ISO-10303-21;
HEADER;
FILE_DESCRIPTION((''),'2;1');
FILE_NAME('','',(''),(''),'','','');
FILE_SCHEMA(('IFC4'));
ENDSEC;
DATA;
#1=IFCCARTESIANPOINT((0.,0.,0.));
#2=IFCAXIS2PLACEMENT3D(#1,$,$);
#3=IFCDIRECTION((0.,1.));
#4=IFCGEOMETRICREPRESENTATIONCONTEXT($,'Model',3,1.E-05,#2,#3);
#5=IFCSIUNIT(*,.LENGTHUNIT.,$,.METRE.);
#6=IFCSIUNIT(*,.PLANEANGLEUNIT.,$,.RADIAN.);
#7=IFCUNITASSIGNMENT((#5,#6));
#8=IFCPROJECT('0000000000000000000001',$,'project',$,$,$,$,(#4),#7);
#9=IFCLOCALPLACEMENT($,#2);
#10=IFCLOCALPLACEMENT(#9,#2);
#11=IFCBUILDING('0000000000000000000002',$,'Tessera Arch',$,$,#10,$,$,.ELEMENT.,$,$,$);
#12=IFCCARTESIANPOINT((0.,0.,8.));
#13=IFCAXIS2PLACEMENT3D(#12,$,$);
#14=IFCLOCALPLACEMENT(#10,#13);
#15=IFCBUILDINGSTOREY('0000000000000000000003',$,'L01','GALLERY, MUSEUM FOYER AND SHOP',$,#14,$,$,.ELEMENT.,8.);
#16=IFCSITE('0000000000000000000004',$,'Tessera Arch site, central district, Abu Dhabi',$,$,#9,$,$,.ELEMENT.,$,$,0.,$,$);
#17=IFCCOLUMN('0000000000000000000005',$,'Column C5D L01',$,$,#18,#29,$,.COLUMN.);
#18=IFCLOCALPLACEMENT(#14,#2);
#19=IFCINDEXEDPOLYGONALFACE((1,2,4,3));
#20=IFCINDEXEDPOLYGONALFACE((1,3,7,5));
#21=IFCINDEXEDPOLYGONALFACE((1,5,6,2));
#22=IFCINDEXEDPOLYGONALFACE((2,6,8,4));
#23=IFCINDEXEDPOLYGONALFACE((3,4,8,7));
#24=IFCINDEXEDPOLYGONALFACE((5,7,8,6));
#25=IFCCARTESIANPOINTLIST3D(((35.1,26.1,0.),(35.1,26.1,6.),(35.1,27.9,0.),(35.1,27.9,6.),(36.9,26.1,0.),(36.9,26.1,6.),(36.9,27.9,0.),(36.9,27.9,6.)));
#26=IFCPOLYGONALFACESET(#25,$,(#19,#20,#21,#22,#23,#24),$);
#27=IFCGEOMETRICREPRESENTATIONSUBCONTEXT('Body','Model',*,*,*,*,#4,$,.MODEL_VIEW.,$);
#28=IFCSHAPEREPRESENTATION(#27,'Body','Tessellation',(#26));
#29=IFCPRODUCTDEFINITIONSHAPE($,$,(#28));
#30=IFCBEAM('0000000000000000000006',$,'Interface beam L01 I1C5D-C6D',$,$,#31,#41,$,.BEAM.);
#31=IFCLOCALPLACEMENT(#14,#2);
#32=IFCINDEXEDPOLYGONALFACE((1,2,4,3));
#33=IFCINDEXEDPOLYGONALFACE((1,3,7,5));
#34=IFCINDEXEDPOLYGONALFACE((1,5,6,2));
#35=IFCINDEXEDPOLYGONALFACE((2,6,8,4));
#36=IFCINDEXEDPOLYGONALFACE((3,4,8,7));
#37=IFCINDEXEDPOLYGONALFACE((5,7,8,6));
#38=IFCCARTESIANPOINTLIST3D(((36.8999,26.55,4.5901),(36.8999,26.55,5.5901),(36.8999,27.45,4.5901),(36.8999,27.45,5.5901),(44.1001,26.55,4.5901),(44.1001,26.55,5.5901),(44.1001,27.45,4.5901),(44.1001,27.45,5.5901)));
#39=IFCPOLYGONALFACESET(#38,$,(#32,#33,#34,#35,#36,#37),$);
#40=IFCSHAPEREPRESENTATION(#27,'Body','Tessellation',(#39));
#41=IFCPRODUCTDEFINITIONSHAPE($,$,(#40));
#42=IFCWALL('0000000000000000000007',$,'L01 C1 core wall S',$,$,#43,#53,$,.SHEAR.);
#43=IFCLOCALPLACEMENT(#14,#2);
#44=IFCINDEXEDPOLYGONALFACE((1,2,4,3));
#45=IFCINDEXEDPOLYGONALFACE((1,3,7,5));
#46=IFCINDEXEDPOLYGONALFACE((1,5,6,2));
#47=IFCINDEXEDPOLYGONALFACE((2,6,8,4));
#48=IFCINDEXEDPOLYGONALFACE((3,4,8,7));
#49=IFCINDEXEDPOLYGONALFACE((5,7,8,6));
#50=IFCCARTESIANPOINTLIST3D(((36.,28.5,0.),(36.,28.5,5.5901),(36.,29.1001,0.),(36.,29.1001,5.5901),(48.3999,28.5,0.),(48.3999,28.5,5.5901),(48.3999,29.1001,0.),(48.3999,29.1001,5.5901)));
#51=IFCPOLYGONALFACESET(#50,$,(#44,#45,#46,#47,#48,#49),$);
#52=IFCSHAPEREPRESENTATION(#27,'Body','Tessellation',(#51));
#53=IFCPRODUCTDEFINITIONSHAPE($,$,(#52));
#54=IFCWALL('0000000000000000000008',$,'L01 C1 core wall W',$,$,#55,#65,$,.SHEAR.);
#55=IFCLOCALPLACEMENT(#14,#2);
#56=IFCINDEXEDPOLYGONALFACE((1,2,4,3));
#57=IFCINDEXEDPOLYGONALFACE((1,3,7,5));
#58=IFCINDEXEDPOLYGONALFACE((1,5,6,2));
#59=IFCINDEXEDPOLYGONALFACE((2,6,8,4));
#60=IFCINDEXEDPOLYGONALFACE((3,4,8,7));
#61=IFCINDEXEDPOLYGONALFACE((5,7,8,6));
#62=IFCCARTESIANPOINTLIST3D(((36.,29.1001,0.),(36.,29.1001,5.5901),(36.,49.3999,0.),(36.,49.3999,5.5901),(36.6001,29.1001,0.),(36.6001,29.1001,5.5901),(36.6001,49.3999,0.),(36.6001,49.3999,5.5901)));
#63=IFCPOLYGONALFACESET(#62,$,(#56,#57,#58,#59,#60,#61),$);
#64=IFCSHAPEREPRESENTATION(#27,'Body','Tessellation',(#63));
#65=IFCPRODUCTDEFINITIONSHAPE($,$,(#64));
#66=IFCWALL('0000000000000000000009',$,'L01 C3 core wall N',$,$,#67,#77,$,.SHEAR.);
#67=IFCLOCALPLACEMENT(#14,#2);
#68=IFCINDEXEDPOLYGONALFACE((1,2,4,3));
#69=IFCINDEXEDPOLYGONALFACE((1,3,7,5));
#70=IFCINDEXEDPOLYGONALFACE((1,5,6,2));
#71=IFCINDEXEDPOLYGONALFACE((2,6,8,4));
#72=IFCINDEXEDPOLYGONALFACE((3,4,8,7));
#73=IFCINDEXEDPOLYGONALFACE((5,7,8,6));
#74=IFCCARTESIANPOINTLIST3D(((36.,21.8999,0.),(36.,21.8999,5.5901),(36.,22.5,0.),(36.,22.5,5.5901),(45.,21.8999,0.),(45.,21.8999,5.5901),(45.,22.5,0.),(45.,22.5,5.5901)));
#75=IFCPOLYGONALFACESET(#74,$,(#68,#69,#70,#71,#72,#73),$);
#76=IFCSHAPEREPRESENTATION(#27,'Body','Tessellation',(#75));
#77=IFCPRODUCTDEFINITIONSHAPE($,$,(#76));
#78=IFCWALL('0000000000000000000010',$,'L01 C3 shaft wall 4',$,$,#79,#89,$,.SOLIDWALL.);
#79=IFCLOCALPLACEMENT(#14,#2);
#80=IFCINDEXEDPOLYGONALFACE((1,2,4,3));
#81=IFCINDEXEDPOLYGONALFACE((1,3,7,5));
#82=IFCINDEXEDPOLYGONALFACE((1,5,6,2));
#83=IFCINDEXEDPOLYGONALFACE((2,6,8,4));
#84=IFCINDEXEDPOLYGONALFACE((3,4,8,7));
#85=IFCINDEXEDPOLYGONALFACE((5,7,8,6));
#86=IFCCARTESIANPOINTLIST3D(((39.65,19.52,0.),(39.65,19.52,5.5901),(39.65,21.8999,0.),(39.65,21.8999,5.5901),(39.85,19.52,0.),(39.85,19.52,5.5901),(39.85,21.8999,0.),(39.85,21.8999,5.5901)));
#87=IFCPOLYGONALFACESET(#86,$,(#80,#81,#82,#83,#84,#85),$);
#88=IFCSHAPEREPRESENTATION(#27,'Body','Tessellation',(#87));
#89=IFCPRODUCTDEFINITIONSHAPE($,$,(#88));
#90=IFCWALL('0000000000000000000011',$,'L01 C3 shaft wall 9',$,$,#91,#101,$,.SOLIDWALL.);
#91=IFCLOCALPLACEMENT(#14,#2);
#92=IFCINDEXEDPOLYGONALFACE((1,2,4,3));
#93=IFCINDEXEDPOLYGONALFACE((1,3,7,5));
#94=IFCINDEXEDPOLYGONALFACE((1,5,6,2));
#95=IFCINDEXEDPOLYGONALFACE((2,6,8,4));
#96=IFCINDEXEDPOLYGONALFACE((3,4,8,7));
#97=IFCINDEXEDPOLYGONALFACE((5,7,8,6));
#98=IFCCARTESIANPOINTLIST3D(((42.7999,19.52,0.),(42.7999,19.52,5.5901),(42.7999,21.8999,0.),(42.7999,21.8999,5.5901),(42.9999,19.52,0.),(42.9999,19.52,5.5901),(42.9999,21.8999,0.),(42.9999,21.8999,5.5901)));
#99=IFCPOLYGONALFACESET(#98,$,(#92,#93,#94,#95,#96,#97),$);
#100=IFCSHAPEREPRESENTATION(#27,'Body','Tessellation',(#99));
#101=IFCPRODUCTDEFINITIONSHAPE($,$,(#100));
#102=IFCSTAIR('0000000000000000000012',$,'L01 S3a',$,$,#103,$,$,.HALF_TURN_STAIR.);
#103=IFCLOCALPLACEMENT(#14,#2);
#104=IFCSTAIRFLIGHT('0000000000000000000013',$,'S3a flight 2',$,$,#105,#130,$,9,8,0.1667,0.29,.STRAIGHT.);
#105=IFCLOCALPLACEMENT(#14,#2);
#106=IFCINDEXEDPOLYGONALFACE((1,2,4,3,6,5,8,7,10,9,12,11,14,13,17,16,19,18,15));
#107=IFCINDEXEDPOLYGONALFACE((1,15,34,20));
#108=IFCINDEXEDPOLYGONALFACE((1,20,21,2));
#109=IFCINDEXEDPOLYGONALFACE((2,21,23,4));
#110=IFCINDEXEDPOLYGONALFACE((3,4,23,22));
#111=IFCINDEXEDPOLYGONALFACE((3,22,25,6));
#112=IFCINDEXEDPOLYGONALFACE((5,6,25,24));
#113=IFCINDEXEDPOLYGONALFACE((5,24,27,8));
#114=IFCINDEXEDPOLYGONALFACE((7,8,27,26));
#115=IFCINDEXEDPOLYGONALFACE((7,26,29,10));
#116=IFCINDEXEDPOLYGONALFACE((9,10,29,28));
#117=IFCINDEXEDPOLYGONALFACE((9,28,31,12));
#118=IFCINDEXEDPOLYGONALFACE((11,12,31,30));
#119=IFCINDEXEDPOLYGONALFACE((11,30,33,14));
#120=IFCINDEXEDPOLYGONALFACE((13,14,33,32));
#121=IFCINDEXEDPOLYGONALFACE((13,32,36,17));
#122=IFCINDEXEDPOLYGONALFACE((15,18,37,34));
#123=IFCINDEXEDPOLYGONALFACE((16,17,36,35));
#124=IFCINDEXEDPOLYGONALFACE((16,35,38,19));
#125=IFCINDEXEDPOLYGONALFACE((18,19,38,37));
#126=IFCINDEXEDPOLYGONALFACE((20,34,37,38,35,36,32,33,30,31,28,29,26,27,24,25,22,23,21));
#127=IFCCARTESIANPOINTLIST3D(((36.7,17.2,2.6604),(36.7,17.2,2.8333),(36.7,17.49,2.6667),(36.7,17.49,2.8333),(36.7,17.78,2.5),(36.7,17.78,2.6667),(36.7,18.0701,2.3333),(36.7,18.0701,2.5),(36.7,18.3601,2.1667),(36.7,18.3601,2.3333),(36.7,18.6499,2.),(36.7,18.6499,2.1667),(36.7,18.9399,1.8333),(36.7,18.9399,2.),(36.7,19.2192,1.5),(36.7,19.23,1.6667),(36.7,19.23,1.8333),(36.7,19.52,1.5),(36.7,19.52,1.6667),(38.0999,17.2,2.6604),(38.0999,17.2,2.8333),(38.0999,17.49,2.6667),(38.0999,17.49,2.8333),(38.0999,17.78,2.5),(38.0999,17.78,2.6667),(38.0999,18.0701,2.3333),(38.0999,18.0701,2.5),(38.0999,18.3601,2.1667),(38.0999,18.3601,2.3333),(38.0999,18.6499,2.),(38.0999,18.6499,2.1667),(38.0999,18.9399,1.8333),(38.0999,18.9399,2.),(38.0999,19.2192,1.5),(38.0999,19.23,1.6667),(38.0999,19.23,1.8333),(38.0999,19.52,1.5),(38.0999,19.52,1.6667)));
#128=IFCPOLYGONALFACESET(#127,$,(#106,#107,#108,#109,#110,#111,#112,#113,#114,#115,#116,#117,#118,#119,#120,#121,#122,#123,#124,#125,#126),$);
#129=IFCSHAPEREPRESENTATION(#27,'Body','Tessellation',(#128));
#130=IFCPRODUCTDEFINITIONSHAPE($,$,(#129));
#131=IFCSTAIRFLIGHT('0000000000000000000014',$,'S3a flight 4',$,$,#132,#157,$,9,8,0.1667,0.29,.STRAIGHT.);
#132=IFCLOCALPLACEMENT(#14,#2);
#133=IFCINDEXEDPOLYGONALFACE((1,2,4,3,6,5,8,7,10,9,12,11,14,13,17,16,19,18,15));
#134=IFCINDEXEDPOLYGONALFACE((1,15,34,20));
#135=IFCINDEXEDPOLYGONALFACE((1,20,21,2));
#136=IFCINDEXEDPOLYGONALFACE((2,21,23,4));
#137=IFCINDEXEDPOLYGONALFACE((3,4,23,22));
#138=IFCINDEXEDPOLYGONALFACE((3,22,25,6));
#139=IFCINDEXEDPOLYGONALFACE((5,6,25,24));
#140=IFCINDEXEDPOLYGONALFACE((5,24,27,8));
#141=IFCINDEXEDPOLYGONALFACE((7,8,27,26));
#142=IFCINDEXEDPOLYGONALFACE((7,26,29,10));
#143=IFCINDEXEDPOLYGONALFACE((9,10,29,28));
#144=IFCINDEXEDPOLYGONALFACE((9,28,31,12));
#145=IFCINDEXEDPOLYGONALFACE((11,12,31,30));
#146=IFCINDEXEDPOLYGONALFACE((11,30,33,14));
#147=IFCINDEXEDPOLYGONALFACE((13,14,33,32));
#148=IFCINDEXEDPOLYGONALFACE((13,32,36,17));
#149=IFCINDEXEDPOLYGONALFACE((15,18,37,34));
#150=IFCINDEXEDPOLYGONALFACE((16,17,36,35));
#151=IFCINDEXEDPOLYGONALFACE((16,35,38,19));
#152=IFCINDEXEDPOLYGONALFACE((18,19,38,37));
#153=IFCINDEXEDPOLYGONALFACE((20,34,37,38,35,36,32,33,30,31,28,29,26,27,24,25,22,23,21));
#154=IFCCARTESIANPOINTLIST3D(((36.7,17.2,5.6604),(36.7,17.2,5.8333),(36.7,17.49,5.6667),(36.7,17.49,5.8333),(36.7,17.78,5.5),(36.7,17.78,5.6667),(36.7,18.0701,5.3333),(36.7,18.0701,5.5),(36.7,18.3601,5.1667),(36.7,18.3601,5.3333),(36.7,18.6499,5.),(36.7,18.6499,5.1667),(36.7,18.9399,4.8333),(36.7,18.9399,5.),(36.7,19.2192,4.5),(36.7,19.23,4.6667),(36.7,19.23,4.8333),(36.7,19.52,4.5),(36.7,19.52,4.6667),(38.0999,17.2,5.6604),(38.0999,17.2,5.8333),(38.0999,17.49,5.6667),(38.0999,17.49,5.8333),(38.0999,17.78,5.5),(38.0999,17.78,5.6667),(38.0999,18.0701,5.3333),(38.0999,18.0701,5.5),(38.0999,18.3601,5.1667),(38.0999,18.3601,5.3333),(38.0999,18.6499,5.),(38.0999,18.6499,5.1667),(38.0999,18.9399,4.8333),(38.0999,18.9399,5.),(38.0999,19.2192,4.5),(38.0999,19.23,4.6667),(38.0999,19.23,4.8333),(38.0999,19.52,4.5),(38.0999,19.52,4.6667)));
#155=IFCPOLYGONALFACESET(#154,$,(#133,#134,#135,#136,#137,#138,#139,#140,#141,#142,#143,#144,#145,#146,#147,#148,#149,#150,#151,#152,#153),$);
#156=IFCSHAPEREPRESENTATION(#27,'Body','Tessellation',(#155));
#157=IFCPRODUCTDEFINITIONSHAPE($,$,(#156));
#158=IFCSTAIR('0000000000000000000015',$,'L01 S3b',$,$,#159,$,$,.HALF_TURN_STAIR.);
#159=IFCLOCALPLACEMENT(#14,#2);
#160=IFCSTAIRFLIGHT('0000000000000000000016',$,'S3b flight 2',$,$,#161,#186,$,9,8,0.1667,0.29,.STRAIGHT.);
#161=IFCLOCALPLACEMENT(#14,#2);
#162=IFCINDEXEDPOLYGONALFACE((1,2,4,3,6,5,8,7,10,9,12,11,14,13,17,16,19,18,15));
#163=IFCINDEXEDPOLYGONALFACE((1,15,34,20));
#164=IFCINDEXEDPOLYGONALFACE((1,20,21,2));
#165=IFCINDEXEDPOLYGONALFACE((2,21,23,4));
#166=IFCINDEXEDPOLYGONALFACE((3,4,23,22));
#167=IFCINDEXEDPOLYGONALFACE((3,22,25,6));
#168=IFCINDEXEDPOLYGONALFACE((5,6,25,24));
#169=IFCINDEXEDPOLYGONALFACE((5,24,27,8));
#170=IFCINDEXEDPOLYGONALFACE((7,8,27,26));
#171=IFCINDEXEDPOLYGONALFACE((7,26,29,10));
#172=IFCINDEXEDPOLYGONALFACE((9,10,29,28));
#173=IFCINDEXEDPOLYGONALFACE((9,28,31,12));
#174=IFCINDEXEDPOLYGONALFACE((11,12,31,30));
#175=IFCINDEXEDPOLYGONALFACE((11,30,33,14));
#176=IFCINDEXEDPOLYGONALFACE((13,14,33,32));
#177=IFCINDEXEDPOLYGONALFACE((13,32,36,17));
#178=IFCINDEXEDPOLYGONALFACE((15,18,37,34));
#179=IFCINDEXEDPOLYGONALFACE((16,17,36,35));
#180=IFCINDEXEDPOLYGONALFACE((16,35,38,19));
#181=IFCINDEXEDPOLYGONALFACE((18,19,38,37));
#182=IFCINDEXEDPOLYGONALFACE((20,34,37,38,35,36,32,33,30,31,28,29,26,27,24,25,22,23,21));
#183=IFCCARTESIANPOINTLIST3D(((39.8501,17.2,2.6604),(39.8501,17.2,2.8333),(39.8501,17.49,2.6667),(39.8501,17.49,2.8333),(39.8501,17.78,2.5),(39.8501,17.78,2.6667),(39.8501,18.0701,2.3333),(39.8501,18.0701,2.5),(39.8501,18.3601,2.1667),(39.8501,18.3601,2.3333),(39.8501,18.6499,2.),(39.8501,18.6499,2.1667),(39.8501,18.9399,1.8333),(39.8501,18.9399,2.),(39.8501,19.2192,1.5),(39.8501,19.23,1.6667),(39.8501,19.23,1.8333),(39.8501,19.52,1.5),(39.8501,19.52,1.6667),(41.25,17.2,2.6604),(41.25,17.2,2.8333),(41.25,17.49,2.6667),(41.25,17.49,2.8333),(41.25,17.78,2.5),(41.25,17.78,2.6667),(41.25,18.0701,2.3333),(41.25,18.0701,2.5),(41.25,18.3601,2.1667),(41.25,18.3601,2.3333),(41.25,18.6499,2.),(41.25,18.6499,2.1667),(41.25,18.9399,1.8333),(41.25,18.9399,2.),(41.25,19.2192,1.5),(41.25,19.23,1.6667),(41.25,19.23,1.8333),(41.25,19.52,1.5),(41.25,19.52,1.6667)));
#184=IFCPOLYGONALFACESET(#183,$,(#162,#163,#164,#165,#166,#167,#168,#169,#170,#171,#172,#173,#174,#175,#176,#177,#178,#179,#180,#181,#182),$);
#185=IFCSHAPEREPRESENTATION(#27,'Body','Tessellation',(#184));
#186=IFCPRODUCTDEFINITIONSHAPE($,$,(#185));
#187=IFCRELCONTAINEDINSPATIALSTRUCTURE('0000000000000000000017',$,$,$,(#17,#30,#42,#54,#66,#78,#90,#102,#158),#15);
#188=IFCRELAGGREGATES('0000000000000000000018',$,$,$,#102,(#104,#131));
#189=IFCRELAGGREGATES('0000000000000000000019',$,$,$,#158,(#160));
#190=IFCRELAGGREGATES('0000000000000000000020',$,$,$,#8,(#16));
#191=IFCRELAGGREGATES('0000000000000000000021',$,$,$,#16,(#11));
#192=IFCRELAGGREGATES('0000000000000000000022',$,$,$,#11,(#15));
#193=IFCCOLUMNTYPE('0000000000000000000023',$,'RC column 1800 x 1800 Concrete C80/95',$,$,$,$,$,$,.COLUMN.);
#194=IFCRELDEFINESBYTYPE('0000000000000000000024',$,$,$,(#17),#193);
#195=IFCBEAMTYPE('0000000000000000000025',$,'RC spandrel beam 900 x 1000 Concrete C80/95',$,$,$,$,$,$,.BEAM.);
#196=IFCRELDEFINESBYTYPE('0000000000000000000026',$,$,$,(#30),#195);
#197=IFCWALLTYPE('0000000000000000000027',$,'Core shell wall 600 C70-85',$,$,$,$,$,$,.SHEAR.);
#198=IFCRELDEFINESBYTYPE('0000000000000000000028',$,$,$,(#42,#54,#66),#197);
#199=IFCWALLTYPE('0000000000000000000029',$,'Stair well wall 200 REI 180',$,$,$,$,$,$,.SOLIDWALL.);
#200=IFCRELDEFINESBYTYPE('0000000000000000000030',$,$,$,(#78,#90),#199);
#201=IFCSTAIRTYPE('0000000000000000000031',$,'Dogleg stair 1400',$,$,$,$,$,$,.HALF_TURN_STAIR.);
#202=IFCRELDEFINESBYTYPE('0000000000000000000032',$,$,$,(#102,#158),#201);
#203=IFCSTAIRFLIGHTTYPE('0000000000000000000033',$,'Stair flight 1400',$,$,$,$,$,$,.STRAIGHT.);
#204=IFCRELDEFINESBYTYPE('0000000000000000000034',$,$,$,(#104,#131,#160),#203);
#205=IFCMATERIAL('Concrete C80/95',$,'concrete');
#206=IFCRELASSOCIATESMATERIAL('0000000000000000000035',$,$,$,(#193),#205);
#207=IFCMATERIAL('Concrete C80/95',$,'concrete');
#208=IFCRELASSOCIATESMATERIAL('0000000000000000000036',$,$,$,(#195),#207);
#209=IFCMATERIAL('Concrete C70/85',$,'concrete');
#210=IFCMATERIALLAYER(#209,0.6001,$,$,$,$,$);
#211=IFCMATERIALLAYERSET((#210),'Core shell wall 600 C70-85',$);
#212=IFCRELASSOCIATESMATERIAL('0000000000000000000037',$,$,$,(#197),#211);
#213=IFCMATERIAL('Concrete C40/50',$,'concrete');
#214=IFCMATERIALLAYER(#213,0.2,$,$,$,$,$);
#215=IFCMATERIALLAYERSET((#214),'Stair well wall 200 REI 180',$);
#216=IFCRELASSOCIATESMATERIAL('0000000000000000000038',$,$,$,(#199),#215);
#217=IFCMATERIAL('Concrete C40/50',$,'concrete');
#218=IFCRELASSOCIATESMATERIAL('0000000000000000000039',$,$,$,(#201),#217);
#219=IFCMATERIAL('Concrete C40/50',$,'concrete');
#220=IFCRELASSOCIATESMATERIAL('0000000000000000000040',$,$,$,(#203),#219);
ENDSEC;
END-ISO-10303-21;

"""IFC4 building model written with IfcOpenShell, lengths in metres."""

from ifc_helpers import new_model, si_unit, direction, frame, frame_2d, origin, origin_2d, place, context, subcontext, project, spatial, polyline, rectangle, outline, extrude, material, layer, layer_set, material_profile, profile_set, type_object, element, aggregate, save


model = new_model("IFC4")

# Units and contexts
model_context = context("Model", 3, precision=1e-05, world=origin(), true_north=direction((0.0, 1.0)))
body_context = subcontext(model_context, "Body", "Model", "MODEL_VIEW")
ifc_project = project(units=[si_unit("LENGTHUNIT", "METRE"), si_unit("PLANEANGLEUNIT", "RADIAN")], contexts=[model_context])

# Site, building, storey
site_placement = place(None, origin())
site = spatial("IfcSite", under=ifc_project, at=site_placement, Name="Tessera Arch site, central district, Abu Dhabi", CompositionType="ELEMENT", RefElevation=0.0)
building_placement = place(site_placement, origin())
building = spatial("IfcBuilding", under=site, at=building_placement, Name="Tessera Arch", CompositionType="ELEMENT")
storey_placement = place(building_placement, frame((0.0, 0.0, 8.0)))
storey = spatial("IfcBuildingStorey", under=building, at=storey_placement, Name="L01", Description="GALLERY, MUSEUM FOYER AND SHOP", CompositionType="ELEMENT", Elevation=8.0)

# Column
ifc_material_1 = material(Name="Concrete C80/95", Category="concrete")
ifc_material_profile_1 = material_profile(ifc_material_1, rectangle(XDim=1.8, YDim=1.8, at=origin_2d()), Name="RC column 1800 x 1800 Concrete C80/95")
ifc_profile_set_1 = profile_set([ifc_material_profile_1], Name="Concrete C80/95")
column_type = type_object("IfcColumnType", Name="RC column 1800 x 1800 Concrete C80/95", PredefinedType="COLUMN", material=ifc_profile_set_1)
column_placement = place(storey_placement, frame((36.0, 27.0, 0.0), z_axis=(0.0, 0.0, 1.0), x_axis=(1.0, 0.0, 0.0)))
element("IfcColumn", 1, at=column_placement, inside=storey, type_object=column_type, Name="Column C5D L01", PredefinedType="COLUMN", context=body_context, shape_type="SweptSolid", body=[
    extrude(rectangle(XDim=1.8, YDim=1.8, at=origin_2d()), origin(), (0.0, 0.0, 1.0), 6.0),
])

# Beam
ifc_material_2 = material(Name="Concrete C80/95", Category="concrete")
ifc_material_profile_2 = material_profile(ifc_material_2, rectangle(XDim=0.8999, YDim=1.0, at=origin_2d()), Name="RC spandrel beam 900 x 1000 Concrete C80/95")
ifc_profile_set_2 = profile_set([ifc_material_profile_2], Name="Concrete C80/95")
beam_type = type_object("IfcBeamType", Name="RC spandrel beam 900 x 1000 Concrete C80/95", PredefinedType="BEAM", material=ifc_profile_set_2)
beam_placement = place(storey_placement, frame((36.8999, 27.0, 5.0901), z_axis=(1.0, 0.0, 0.0), x_axis=(0.0, 1.0, 0.0)))
element("IfcBeam", 2, at=beam_placement, inside=storey, type_object=beam_type, Name="Interface beam L01 I1C5D-C6D", PredefinedType="BEAM", context=body_context, shape_type="SweptSolid", body=[
    extrude(rectangle(XDim=0.8999, YDim=1.0, at=origin_2d()), origin(), (0.0, 0.0, 1.0), 7.2002),
])

# Walls
ifc_material_3 = material(Name="Concrete C70/85", Category="concrete")
ifc_layer_1 = layer(ifc_material_3, 0.6001)
ifc_layer_set_1 = layer_set([ifc_layer_1], Name="Core shell wall 600 C70-85")
wall_type_1 = type_object("IfcWallType", Name="Core shell wall 600 C70-85", PredefinedType="SHEAR", material=ifc_layer_set_1)
wall_1_placement = place(storey_placement, frame((36.0, 28.8, 0.0), z_axis=(0.0, 0.0, 1.0), x_axis=(1.0, 0.0, 0.0)))
element("IfcWall", 3, at=wall_1_placement, inside=storey, type_object=wall_type_1, Name="L01 C1 core wall S", PredefinedType="SHEAR", context=body_context, shape_type="SweptSolid", body=[
    extrude(rectangle(XDim=12.3999, YDim=0.6001, at=frame_2d((6.2, 0.0))), origin(), (0.0, 0.0, 1.0), 5.5901),
])
wall_2_placement = place(storey_placement, frame((36.3, 29.1001, 0.0), z_axis=(0.0, 0.0, 1.0), x_axis=(0.0, 1.0, 0.0)))
element("IfcWall", 4, at=wall_2_placement, inside=storey, type_object=wall_type_1, Name="L01 C1 core wall W", PredefinedType="SHEAR", context=body_context, shape_type="SweptSolid", body=[
    extrude(rectangle(XDim=20.2998, YDim=0.6001, at=frame_2d((10.1499, 0.0))), origin(), (0.0, 0.0, 1.0), 5.5901),
])
wall_3_placement = place(storey_placement, frame((36.0, 22.2, 0.0), z_axis=(0.0, 0.0, 1.0), x_axis=(1.0, 0.0, 0.0)))
element("IfcWall", 5, at=wall_3_placement, inside=storey, type_object=wall_type_1, Name="L01 C3 core wall N", PredefinedType="SHEAR", context=body_context, shape_type="SweptSolid", body=[
    extrude(rectangle(XDim=9.0, YDim=0.6001, at=frame_2d((4.5, 0.0))), origin(), (0.0, 0.0, 1.0), 5.5901),
])
ifc_material_4 = material(Name="Concrete C40/50", Category="concrete")
ifc_layer_2 = layer(ifc_material_4, 0.2)
ifc_layer_set_2 = layer_set([ifc_layer_2], Name="Stair well wall 200 REI 180")
wall_type_2 = type_object("IfcWallType", Name="Stair well wall 200 REI 180", PredefinedType="SOLIDWALL", material=ifc_layer_set_2)
for number, where, z_axis, x_axis, name in (
    (6, (39.75, 19.52, 0.0), (0.0, 0.0, 1.0), (0.0, 1.0, 0.0), "L01 C3 shaft wall 4"),
    (7, (42.8999, 19.52, 0.0), (0.0, 0.0, 1.0), (0.0, 1.0, 0.0), "L01 C3 shaft wall 9"),
):
    element("IfcWall", number, at=place(storey_placement, frame(where, z_axis=z_axis, x_axis=x_axis)), inside=storey, type_object=wall_type_2, Name=name, PredefinedType="SOLIDWALL", context=body_context, shape_type="SweptSolid", body=[
        extrude(rectangle(XDim=2.3799, YDim=0.2, at=frame_2d((1.1899, 0.0))), origin(), (0.0, 0.0, 1.0), 5.5901),
    ])

# Stairs, stair flights
ifc_material_5 = material(Name="Concrete C40/50", Category="concrete")
stair_type = type_object("IfcStairType", Name="Dogleg stair 1400", PredefinedType="HALF_TURN_STAIR", material=ifc_material_5)
stair_1_placement = place(storey_placement, origin())
stair_1 = element("IfcStair", 8, at=stair_1_placement, inside=storey, type_object=stair_type, Name="L01 S3a", PredefinedType="HALF_TURN_STAIR")
ifc_material_6 = material(Name="Concrete C40/50", Category="concrete")
stair_flight_type = type_object("IfcStairFlightType", Name="Stair flight 1400", PredefinedType="STRAIGHT", material=ifc_material_6)
stair_flight_1_placement = place(storey_placement, frame((37.3999, 19.52, 1.5), z_axis=(0.0, 0.0, 1.0), x_axis=(0.0, -1.0, 0.0)))
stair_flight_1 = element("IfcStairFlight", 9, at=stair_flight_1_placement, type_object=stair_flight_type, Name="S3a flight 2", NumberOfRisers=9, NumberOfTreads=8, PredefinedType="STRAIGHT", RiserHeight=0.1667, TreadLength=0.29, context=body_context, shape_type="SweptSolid", body=[
    extrude(outline(polyline([(0.0, 0.0), (0.0, 0.1667), (0.29, 0.1667), (0.29, 0.3333), (0.5801, 0.3333), (0.5801, 0.5), (0.8701, 0.5), (0.8701, 0.6667), (1.1599, 0.6667), (1.1599, 0.8333), (1.45, 0.8333), (1.45, 1.0), (1.74, 1.0), (1.74, 1.1667), (2.03, 1.1667), (2.03, 1.3333), (2.3201, 1.3333), (2.3201, 1.5), (2.3201, 1.1604), (0.3008, 0.0), (0.0, 0.0)])), frame((0.0, 0.7, 0.0), z_axis=(0.0, -1.0, 0.0), x_axis=(1.0, 0.0, 0.0)), (0.0, 0.0, 1.0), 1.3999),
])
stair_flight_2_placement = place(storey_placement, frame((37.3999, 19.52, 4.5), z_axis=(0.0, 0.0, 1.0), x_axis=(0.0, -1.0, 0.0)))
stair_flight_2 = element("IfcStairFlight", 10, at=stair_flight_2_placement, type_object=stair_flight_type, Name="S3a flight 4", NumberOfRisers=9, NumberOfTreads=8, PredefinedType="STRAIGHT", RiserHeight=0.1667, TreadLength=0.29, context=body_context, shape_type="SweptSolid", body=[
    extrude(outline(polyline([(0.0, 0.0), (0.0, 0.1667), (0.29, 0.1667), (0.29, 0.3333), (0.5801, 0.3333), (0.5801, 0.5), (0.8701, 0.5), (0.8701, 0.6667), (1.1599, 0.6667), (1.1599, 0.8333), (1.45, 0.8333), (1.45, 1.0), (1.74, 1.0), (1.74, 1.1667), (2.03, 1.1667), (2.03, 1.3333), (2.3201, 1.3333), (2.3201, 1.5), (2.3201, 1.1604), (0.3008, 0.0), (0.0, 0.0)])), frame((0.0, 0.7, 0.0), z_axis=(0.0, -1.0, 0.0), x_axis=(1.0, 0.0, 0.0)), (0.0, 0.0, 1.0), 1.3999),
])
aggregate(stair_1, [stair_flight_1, stair_flight_2])
stair_2_placement = place(storey_placement, origin())
stair_2 = element("IfcStair", 11, at=stair_2_placement, inside=storey, type_object=stair_type, Name="L01 S3b", PredefinedType="HALF_TURN_STAIR")
stair_flight_3_placement = place(storey_placement, frame((40.55, 19.52, 1.5), z_axis=(0.0, 0.0, 1.0), x_axis=(0.0, -1.0, 0.0)))
stair_flight_3 = element("IfcStairFlight", 12, at=stair_flight_3_placement, type_object=stair_flight_type, Name="S3b flight 2", NumberOfRisers=9, NumberOfTreads=8, PredefinedType="STRAIGHT", RiserHeight=0.1667, TreadLength=0.29, context=body_context, shape_type="SweptSolid", body=[
    extrude(outline(polyline([(0.0, 0.0), (0.0, 0.1667), (0.29, 0.1667), (0.29, 0.3333), (0.5801, 0.3333), (0.5801, 0.5), (0.8701, 0.5), (0.8701, 0.6667), (1.1599, 0.6667), (1.1599, 0.8333), (1.45, 0.8333), (1.45, 1.0), (1.74, 1.0), (1.74, 1.1667), (2.03, 1.1667), (2.03, 1.3333), (2.3201, 1.3333), (2.3201, 1.5), (2.3201, 1.1604), (0.3008, 0.0), (0.0, 0.0)])), frame((0.0, 0.7, 0.0), z_axis=(0.0, -1.0, 0.0), x_axis=(1.0, 0.0, 0.0)), (0.0, 0.0, 1.0), 1.3999),
])
aggregate(stair_2, [stair_flight_3])

save(model, "model.ifc")
